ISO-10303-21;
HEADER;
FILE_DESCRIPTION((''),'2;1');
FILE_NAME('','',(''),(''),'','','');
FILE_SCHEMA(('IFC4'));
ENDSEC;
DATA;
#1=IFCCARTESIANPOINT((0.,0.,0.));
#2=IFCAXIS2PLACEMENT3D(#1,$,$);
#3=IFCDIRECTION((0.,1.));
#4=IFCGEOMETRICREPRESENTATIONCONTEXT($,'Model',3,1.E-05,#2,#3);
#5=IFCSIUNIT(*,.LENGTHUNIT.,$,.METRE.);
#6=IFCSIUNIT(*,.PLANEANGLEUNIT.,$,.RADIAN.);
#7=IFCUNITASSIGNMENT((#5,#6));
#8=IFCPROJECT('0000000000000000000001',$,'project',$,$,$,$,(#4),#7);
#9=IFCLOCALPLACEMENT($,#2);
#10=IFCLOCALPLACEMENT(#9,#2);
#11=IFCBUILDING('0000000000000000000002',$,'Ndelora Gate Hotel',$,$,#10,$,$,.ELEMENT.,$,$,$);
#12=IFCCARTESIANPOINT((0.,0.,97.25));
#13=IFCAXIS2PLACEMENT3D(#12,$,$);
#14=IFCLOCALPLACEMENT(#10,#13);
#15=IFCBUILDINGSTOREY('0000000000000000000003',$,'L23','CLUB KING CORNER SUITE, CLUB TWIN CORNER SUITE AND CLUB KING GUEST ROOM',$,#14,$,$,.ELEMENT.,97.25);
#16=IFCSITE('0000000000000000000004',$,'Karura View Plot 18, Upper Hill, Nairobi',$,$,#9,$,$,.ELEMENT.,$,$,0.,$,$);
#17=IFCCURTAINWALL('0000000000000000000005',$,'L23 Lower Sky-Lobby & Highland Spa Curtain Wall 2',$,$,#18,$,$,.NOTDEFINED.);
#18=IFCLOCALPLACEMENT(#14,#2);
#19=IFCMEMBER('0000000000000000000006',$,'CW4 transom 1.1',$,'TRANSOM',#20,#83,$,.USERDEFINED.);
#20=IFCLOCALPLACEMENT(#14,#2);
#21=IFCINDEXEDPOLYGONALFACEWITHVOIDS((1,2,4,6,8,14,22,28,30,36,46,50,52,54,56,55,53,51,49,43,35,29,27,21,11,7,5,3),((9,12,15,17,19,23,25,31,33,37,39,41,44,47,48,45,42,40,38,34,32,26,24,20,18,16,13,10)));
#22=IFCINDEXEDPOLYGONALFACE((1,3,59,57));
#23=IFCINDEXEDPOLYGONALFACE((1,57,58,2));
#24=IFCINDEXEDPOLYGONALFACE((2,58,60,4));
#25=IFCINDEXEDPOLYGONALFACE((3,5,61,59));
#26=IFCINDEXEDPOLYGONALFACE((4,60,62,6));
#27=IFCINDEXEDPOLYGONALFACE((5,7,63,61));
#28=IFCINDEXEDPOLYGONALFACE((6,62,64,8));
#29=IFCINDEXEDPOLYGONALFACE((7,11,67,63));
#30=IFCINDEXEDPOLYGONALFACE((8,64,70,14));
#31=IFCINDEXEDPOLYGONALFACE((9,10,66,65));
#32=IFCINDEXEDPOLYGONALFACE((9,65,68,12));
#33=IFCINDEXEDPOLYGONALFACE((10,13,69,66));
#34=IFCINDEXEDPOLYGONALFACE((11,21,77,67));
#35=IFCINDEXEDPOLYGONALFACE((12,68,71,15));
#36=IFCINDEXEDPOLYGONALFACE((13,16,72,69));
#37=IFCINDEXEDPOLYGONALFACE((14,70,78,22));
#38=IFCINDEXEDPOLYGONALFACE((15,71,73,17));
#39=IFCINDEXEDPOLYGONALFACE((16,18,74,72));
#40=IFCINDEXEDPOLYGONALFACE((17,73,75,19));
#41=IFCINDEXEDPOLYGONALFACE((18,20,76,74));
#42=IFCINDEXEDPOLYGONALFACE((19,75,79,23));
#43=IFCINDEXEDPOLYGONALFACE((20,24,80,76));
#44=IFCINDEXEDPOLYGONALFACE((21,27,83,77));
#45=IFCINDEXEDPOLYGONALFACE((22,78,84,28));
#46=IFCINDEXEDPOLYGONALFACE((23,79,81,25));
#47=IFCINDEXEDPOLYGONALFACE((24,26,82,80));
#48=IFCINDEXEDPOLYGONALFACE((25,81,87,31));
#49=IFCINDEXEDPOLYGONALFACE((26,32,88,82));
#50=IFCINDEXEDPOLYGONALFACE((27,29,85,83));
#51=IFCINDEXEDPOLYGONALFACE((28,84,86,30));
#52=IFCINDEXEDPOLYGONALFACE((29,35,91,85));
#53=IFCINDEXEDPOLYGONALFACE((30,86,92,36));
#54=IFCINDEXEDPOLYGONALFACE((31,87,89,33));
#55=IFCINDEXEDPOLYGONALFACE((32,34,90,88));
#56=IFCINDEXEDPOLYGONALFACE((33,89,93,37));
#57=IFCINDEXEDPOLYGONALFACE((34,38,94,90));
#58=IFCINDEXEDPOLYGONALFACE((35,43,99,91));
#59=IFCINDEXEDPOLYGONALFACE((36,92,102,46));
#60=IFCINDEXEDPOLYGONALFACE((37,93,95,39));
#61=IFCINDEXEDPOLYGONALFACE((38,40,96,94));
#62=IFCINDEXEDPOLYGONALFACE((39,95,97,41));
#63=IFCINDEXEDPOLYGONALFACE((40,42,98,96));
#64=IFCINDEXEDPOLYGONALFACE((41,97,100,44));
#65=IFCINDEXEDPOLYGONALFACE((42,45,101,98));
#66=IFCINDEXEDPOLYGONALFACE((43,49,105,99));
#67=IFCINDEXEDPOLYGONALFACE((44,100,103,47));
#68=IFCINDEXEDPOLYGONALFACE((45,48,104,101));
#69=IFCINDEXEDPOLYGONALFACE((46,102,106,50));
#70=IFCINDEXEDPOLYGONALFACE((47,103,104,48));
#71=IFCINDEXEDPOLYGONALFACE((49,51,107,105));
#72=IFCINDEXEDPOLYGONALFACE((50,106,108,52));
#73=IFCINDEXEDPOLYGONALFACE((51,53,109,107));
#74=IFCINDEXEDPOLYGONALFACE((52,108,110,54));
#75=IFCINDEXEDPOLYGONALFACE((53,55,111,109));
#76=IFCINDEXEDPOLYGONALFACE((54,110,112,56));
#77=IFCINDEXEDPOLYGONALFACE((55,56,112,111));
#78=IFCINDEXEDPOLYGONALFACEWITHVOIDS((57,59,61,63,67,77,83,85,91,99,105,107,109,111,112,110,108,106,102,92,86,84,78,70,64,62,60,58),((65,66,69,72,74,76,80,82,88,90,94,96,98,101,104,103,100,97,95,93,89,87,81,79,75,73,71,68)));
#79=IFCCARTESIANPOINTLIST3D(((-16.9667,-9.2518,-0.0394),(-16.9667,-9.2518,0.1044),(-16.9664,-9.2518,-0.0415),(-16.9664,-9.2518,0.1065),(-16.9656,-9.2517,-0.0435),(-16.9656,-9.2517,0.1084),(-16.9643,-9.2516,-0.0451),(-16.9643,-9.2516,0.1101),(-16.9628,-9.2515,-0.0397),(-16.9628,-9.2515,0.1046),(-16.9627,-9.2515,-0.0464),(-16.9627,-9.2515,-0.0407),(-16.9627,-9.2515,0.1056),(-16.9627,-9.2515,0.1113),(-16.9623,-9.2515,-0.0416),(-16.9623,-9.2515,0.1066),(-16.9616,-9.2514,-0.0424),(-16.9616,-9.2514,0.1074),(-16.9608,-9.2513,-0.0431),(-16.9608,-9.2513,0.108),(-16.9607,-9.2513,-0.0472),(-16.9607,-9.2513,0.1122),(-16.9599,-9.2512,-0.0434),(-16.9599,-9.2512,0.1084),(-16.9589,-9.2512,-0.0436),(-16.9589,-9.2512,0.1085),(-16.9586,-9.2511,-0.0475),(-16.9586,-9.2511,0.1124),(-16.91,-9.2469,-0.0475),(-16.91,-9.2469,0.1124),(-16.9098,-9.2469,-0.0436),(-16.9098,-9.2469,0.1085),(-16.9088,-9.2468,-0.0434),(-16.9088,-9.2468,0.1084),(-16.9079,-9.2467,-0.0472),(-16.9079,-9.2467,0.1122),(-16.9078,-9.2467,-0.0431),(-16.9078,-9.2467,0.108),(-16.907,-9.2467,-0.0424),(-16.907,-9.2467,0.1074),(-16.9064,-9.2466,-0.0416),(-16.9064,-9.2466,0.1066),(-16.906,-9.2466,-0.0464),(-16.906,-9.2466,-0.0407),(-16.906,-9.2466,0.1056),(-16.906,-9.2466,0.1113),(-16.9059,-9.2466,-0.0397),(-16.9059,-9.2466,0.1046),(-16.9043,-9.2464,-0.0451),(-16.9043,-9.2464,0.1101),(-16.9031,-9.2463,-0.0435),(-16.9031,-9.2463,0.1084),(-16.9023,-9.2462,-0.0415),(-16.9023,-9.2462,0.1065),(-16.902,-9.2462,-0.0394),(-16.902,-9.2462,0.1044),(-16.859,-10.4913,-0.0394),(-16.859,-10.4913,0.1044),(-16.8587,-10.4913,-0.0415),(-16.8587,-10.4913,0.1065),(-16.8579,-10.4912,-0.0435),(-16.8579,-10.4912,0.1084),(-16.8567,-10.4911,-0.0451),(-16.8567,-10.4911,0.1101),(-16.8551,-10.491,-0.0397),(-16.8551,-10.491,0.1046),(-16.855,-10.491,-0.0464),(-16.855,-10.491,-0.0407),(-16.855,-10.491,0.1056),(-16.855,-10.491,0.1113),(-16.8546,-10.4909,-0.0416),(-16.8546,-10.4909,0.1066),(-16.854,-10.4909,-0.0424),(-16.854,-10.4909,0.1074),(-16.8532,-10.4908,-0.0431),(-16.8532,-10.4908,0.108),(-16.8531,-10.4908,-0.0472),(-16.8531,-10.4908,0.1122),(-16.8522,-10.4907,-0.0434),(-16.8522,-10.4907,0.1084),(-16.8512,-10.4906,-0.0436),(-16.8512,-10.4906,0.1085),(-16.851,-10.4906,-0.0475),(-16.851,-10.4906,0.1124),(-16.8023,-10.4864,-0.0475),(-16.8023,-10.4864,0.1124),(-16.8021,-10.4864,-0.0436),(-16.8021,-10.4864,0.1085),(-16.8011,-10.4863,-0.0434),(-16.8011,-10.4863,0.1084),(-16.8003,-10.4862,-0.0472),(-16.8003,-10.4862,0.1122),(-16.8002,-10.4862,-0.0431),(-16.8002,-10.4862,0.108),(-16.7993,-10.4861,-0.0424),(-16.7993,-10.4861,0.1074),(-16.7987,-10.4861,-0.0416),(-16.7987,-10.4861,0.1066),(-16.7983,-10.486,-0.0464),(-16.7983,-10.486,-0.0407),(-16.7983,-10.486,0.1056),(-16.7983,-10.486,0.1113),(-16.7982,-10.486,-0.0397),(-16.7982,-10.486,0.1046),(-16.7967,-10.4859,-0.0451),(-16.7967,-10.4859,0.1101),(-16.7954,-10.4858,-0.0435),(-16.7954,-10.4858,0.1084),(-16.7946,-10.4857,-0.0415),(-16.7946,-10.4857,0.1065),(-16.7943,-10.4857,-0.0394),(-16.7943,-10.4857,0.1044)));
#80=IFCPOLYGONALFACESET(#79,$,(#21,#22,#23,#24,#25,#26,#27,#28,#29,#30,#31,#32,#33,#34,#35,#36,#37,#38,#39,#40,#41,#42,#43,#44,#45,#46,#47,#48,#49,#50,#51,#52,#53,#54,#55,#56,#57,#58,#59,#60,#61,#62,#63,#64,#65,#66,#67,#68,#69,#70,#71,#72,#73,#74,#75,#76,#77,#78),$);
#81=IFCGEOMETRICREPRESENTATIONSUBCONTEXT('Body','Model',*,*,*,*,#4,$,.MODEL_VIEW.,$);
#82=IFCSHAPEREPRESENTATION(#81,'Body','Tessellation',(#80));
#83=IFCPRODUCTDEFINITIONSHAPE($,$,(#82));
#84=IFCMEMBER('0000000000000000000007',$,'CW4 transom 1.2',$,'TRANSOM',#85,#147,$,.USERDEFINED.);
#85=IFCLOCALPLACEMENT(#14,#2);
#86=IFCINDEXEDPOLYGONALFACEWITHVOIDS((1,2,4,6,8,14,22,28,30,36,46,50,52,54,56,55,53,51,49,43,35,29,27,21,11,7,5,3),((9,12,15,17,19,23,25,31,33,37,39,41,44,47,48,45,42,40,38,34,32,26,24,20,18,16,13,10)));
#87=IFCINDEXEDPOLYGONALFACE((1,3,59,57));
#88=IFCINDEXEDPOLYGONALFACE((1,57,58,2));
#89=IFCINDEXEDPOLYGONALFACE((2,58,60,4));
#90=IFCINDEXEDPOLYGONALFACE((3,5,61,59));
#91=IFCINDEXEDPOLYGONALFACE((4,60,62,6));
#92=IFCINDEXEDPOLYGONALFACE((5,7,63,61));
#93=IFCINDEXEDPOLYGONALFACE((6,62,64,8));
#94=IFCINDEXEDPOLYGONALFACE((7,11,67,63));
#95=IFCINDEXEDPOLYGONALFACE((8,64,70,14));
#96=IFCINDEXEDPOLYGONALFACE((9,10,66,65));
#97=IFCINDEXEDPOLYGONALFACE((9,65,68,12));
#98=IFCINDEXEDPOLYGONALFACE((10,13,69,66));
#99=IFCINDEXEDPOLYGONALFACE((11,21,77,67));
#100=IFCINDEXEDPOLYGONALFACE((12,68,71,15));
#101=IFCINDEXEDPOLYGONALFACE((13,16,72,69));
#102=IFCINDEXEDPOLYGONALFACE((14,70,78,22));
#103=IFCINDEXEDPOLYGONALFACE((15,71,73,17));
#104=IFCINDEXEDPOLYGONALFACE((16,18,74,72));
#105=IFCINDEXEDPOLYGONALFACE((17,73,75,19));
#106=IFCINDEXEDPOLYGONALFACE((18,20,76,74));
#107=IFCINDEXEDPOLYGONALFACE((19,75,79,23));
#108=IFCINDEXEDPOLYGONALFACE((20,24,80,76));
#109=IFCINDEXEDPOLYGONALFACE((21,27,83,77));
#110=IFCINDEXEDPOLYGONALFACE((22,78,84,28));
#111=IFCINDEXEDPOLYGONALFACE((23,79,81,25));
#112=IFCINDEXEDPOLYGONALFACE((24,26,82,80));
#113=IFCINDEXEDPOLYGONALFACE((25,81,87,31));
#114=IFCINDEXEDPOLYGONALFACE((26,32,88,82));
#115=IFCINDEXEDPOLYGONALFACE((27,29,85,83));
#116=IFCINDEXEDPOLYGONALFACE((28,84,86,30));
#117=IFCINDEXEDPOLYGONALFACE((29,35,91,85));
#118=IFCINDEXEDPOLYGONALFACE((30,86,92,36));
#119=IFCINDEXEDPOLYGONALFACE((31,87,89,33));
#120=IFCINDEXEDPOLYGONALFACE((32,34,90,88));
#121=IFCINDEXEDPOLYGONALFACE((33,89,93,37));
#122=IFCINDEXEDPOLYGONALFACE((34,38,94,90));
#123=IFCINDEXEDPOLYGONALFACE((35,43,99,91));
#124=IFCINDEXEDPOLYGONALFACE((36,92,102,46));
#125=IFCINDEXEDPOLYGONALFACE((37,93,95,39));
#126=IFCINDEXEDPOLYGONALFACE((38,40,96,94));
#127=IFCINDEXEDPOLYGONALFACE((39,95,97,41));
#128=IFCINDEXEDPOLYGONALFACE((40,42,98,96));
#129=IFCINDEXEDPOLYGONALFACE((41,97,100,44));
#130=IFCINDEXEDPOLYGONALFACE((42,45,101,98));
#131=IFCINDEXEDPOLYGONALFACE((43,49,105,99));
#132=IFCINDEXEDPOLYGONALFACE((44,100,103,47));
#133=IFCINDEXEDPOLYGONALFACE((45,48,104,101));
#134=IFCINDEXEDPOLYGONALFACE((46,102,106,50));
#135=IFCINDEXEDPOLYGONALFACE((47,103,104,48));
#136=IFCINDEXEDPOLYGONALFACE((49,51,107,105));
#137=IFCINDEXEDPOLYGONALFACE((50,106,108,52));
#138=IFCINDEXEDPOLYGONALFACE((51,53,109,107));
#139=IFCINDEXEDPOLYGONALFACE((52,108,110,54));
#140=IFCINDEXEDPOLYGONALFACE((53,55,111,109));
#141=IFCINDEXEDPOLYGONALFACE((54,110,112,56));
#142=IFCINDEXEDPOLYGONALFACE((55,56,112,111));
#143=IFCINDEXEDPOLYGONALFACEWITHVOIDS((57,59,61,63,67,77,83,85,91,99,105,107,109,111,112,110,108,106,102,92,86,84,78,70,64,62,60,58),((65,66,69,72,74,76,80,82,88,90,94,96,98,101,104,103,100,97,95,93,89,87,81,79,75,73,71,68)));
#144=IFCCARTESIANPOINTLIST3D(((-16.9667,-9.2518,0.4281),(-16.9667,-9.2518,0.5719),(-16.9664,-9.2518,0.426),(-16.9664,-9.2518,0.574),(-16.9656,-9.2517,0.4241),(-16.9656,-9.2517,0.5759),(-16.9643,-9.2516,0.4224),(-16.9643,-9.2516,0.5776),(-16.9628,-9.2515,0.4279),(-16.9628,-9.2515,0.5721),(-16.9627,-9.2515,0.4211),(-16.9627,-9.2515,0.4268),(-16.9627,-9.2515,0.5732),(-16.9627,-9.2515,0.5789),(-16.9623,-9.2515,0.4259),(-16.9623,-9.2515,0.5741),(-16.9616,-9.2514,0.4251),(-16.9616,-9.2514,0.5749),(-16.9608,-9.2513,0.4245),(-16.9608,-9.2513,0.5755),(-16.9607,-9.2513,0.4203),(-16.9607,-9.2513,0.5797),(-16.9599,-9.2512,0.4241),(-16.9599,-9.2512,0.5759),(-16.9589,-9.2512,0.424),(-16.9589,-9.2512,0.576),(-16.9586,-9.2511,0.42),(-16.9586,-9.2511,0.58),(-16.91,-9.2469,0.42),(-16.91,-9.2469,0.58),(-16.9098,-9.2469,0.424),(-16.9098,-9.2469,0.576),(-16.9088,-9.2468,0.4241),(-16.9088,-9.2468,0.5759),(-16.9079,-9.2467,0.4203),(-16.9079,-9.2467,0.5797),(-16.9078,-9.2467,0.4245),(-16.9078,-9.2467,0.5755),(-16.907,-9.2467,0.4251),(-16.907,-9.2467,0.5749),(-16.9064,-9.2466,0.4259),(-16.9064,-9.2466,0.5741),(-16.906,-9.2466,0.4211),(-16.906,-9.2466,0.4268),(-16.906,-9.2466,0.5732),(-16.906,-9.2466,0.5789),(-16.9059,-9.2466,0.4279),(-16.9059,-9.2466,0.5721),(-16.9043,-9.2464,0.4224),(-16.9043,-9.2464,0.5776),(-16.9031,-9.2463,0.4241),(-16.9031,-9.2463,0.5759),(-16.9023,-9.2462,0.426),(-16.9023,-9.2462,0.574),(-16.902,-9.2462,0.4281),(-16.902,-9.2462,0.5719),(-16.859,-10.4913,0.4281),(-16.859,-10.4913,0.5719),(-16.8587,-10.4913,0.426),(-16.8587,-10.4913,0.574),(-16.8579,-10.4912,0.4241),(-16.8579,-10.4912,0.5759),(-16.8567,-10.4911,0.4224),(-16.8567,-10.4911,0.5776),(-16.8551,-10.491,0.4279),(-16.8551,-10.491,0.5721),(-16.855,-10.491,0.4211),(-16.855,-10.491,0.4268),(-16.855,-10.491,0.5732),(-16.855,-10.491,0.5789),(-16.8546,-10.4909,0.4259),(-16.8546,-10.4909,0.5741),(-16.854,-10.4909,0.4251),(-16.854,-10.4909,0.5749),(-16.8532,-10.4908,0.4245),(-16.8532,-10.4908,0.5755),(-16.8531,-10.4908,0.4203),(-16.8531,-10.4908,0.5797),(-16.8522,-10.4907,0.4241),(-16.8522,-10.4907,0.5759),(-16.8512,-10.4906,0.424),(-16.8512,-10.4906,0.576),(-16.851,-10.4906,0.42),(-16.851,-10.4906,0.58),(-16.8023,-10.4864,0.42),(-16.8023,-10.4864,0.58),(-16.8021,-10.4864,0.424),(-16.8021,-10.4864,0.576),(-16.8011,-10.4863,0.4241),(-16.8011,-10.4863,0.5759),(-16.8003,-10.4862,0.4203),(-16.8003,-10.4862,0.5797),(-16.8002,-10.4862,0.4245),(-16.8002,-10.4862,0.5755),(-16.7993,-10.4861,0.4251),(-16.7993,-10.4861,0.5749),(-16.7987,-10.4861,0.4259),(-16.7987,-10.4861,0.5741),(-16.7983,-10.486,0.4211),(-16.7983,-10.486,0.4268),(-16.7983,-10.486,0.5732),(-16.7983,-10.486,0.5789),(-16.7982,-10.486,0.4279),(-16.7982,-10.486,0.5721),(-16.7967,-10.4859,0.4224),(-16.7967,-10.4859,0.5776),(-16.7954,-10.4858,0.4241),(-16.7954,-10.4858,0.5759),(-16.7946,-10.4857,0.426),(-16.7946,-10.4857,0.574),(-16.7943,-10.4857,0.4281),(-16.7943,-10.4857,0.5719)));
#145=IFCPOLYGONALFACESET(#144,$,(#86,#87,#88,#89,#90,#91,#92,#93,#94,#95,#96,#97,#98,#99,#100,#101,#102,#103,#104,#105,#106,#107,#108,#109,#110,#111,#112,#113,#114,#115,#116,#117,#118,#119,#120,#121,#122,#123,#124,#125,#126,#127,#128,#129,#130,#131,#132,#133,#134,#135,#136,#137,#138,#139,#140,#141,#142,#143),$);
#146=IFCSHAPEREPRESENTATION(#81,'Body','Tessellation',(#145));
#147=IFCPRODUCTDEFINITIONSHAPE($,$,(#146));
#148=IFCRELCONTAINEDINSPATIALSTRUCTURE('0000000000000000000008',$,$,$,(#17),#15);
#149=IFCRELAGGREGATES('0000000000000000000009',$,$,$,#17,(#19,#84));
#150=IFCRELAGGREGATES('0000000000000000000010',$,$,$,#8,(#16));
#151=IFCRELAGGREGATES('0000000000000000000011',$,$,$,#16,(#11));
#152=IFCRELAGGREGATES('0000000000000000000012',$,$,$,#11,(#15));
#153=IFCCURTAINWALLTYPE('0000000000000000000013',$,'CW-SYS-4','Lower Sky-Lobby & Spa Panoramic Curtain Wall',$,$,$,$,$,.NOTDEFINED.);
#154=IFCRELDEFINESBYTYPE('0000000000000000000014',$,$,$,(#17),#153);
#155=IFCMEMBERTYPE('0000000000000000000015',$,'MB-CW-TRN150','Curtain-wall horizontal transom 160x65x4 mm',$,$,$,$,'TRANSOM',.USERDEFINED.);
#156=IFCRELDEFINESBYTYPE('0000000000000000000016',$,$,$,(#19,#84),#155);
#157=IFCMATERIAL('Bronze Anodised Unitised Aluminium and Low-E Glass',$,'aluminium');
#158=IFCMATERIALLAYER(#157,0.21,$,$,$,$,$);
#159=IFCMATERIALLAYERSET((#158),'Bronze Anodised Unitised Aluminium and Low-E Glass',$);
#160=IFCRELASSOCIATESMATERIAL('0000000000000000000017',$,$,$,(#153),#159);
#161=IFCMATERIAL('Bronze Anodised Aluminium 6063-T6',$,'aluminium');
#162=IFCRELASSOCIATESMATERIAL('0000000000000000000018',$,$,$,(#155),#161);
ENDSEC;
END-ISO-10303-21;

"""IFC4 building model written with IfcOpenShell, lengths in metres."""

from ifc_helpers import new_model, si_unit, direction, frame, origin, origin_2d, place, context, subcontext, project, spatial, hollow_rectangle, extrude, material, layer, layer_set, material_profile, profile_set, type_object, element, aggregate, save


model = new_model("IFC4")

# Units and contexts
model_context = context("Model", 3, precision=1e-05, world=origin(), true_north=direction((0.0, 1.0)))
body_context = subcontext(model_context, "Body", "Model", "MODEL_VIEW")
ifc_project = project(units=[si_unit("LENGTHUNIT", "METRE"), si_unit("PLANEANGLEUNIT", "RADIAN")], contexts=[model_context])

# Site, building, storey
site_placement = place(None, origin())
site = spatial("IfcSite", under=ifc_project, at=site_placement, Name="Karura View Plot 18, Upper Hill, Nairobi", CompositionType="ELEMENT", RefElevation=0.0)
building_placement = place(site_placement, origin())
building = spatial("IfcBuilding", under=site, at=building_placement, Name="Ndelora Gate Hotel", CompositionType="ELEMENT")
storey_placement = place(building_placement, frame((0.0, 0.0, 97.25)))
storey = spatial("IfcBuildingStorey", under=building, at=storey_placement, Name="L23", Description="CLUB KING CORNER SUITE, CLUB TWIN CORNER SUITE AND CLUB KING GUEST ROOM", CompositionType="ELEMENT", Elevation=97.25)

# Curtain wall, members
ifc_material_1 = material(Name="Bronze Anodised Unitised Aluminium and Low-E Glass", Category="aluminium")
ifc_layer_1 = layer(ifc_material_1, 0.21)
ifc_layer_set_1 = layer_set([ifc_layer_1], Name="Bronze Anodised Unitised Aluminium and Low-E Glass")
curtain_wall_type = type_object("IfcCurtainWallType", Name="CW-SYS-4", Description="Lower Sky-Lobby & Spa Panoramic Curtain Wall", PredefinedType="NOTDEFINED", material=ifc_layer_set_1)
curtain_wall_placement = place(storey_placement, origin())
curtain_wall = element("IfcCurtainWall", 1, at=curtain_wall_placement, inside=storey, type_object=curtain_wall_type, Name="L23 Lower Sky-Lobby & Highland Spa Curtain Wall 2", PredefinedType="NOTDEFINED")
ifc_material_2 = material(Name="Bronze Anodised Aluminium 6063-T6", Category="aluminium")
ifc_material_profile_1 = material_profile(ifc_material_2, hollow_rectangle(XDim=0.0649, YDim=0.1599, WallThickness=0.0039, InnerFilletRadius=0.0039, OuterFilletRadius=0.0081, at=origin_2d()), Name="ALU 160x65x4")
ifc_profile_set_1 = profile_set([ifc_material_profile_1], Name="Bronze Anodised Aluminium 6063-T6")
member_type_1 = type_object("IfcMemberType", Name="MB-CW-TRN150", Description="Curtain-wall horizontal transom 160x65x4 mm", ElementType="TRANSOM", PredefinedType="USERDEFINED", material=ifc_profile_set_1)
member_1_placement = place(storey_placement, frame((-16.9343, -9.249, 0.0325), z_axis=(0.086536, -0.996249, 0.0), x_axis=(0.996249, 0.086536, 0.0)))
member_1 = element("IfcMember", 2, at=member_1_placement, type_object=member_type_1, Name="CW4 transom 1.1", ObjectType="TRANSOM", PredefinedType="USERDEFINED", context=body_context, shape_type="SweptSolid", body=[
    extrude(hollow_rectangle(XDim=0.0649, YDim=0.1599, WallThickness=0.0039, InnerFilletRadius=0.0039, OuterFilletRadius=0.0081, at=origin_2d()), origin(), (0.0, 0.0, 1.0), 1.2441),
])
member_2_placement = place(storey_placement, frame((-16.9343, -9.249, 0.5), z_axis=(0.086536, -0.996249, 0.0), x_axis=(0.996249, 0.086536, 0.0)))
member_2 = element("IfcMember", 3, at=member_2_placement, type_object=member_type_1, Name="CW4 transom 1.2", ObjectType="TRANSOM", PredefinedType="USERDEFINED", context=body_context, shape_type="SweptSolid", body=[
    extrude(hollow_rectangle(XDim=0.0649, YDim=0.1599, WallThickness=0.0039, InnerFilletRadius=0.0039, OuterFilletRadius=0.0081, at=origin_2d()), origin(), (0.0, 0.0, 1.0), 1.2441),
])

aggregate(curtain_wall, [member_1, member_2])

save(model, "model.ifc")
